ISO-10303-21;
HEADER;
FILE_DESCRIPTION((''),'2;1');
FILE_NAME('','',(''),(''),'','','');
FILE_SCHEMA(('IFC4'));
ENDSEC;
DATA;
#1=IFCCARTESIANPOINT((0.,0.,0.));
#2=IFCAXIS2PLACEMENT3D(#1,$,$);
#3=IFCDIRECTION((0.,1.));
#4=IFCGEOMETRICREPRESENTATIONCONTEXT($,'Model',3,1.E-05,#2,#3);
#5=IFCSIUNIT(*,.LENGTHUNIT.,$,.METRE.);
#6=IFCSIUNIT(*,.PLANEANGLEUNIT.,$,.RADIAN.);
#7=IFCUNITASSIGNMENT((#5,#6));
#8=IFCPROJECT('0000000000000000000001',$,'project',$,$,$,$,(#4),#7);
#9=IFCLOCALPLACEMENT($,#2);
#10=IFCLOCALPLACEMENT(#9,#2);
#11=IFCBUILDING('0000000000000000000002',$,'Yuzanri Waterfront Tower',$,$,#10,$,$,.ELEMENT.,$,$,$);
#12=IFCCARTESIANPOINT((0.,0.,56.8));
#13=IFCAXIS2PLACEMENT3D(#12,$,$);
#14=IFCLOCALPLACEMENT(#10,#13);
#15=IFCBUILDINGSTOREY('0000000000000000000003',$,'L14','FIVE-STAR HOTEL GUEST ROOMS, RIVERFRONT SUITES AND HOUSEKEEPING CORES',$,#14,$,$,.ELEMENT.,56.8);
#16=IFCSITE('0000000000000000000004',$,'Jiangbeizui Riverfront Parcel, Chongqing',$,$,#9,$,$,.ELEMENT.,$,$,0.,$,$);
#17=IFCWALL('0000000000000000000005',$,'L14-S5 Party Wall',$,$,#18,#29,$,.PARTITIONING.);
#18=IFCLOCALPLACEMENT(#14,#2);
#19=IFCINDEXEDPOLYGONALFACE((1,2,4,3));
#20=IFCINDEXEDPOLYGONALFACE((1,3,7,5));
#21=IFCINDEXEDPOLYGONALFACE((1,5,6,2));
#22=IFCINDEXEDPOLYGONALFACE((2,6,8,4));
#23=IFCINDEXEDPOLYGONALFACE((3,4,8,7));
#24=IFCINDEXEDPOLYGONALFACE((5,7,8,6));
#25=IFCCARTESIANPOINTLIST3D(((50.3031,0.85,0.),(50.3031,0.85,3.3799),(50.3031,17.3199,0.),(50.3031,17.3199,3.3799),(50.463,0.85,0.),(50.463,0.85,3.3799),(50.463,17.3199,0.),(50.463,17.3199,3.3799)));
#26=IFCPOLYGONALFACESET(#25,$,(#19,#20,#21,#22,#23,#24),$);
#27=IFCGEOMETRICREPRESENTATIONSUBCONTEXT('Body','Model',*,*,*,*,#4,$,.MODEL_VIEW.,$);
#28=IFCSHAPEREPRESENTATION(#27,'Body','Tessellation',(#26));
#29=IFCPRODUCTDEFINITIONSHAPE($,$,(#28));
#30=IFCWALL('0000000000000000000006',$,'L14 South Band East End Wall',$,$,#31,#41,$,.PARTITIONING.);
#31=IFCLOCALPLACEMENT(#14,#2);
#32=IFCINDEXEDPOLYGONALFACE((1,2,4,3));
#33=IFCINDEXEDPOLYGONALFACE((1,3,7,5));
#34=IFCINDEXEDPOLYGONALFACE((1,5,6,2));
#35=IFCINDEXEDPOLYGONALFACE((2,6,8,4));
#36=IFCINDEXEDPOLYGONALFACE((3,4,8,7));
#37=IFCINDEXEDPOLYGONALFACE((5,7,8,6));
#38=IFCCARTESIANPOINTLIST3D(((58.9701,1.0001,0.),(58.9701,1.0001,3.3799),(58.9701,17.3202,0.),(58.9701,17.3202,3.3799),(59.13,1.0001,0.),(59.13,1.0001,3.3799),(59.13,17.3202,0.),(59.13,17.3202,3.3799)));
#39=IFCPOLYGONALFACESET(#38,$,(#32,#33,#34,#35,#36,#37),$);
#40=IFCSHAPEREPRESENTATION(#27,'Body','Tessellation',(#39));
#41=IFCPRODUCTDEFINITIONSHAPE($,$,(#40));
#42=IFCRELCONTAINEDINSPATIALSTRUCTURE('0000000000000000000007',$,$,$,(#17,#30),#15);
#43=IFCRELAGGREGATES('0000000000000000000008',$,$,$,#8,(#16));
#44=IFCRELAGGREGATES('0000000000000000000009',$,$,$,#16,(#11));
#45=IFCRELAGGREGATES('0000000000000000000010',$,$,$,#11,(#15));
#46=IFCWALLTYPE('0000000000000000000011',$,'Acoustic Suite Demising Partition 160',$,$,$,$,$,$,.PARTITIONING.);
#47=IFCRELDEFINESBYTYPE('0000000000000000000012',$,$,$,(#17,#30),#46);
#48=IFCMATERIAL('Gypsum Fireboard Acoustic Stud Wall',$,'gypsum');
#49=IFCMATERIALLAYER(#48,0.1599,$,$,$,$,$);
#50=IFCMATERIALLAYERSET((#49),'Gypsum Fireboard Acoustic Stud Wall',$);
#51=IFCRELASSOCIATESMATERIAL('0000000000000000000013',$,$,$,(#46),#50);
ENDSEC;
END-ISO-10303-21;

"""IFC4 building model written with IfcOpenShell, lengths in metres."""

from ifc_helpers import new_model, si_unit, direction, frame, frame_2d, origin, place, context, subcontext, project, spatial, rectangle, extrude, source, transform, mapped, material, layer, layer_set, type_object, element, save


model = new_model("IFC4")

# Units and contexts
model_context = context("Model", 3, precision=1e-05, world=origin(), true_north=direction((0.0, 1.0)))
body_context = subcontext(model_context, "Body", "Model", "MODEL_VIEW")
ifc_project = project(units=[si_unit("LENGTHUNIT", "METRE"), si_unit("PLANEANGLEUNIT", "RADIAN")], contexts=[model_context])

# Site, building, storey
site_placement = place(None, origin())
site = spatial("IfcSite", under=ifc_project, at=site_placement, Name="Jiangbeizui Riverfront Parcel, Chongqing", CompositionType="ELEMENT", RefElevation=0.0)
building_placement = place(site_placement, origin())
building = spatial("IfcBuilding", under=site, at=building_placement, Name="Yuzanri Waterfront Tower", CompositionType="ELEMENT")
storey_placement = place(building_placement, frame((0.0, 0.0, 56.8)))
storey = spatial("IfcBuildingStorey", under=building, at=storey_placement, Name="L14", Description="FIVE-STAR HOTEL GUEST ROOMS, RIVERFRONT SUITES AND HOUSEKEEPING CORES", CompositionType="ELEMENT", Elevation=56.8)

# Walls
ifc_material_1 = material(Name="Gypsum Fireboard Acoustic Stud Wall", Category="gypsum")
ifc_layer_1 = layer(ifc_material_1, 0.1599)
ifc_layer_set_1 = layer_set([ifc_layer_1], Name="Gypsum Fireboard Acoustic Stud Wall")
wall_type_1 = type_object("IfcWallType", Name="Acoustic Suite Demising Partition 160", PredefinedType="PARTITIONING", material=ifc_layer_set_1)
shared_shape_1 = source(origin(), body_context, "Body", "SweptSolid", [
    extrude(rectangle(XDim=16.47, YDim=0.1599, at=frame_2d((8.2349, 0.0))), origin(), (0.0, 0.0, 1.0), 3.3799),
])
wall_1_placement = place(storey_placement, frame((50.3831, 0.8501, 0.0), z_axis=(0.0, 0.0, 1.0), x_axis=(0.0, 1.0, 0.0)))
element("IfcWall", 1, at=wall_1_placement, inside=storey, type_object=wall_type_1, Name="L14-S5 Party Wall", PredefinedType="PARTITIONING", context=body_context, shape_type="MappedRepresentation", body=[
    mapped(shared_shape_1, transform((0.0, 0.0, 0.0), scale=1.0)),
])
shared_shape_2 = source(origin(), body_context, "Body", "SweptSolid", [
    extrude(rectangle(XDim=16.3201, YDim=0.1599, at=frame_2d((8.1602, 0.0))), origin(), (0.0, 0.0, 1.0), 3.3799),
])
wall_2_placement = place(storey_placement, frame((59.05, 1.0, 0.0), z_axis=(0.0, 0.0, 1.0), x_axis=(0.0, 1.0, 0.0)))
element("IfcWall", 2, at=wall_2_placement, inside=storey, type_object=wall_type_1, Name="L14 South Band East End Wall", PredefinedType="PARTITIONING", context=body_context, shape_type="MappedRepresentation", body=[
    mapped(shared_shape_2, transform((0.0, 0.0, 0.0), scale=1.0)),
])

save(model, "model.ifc")
